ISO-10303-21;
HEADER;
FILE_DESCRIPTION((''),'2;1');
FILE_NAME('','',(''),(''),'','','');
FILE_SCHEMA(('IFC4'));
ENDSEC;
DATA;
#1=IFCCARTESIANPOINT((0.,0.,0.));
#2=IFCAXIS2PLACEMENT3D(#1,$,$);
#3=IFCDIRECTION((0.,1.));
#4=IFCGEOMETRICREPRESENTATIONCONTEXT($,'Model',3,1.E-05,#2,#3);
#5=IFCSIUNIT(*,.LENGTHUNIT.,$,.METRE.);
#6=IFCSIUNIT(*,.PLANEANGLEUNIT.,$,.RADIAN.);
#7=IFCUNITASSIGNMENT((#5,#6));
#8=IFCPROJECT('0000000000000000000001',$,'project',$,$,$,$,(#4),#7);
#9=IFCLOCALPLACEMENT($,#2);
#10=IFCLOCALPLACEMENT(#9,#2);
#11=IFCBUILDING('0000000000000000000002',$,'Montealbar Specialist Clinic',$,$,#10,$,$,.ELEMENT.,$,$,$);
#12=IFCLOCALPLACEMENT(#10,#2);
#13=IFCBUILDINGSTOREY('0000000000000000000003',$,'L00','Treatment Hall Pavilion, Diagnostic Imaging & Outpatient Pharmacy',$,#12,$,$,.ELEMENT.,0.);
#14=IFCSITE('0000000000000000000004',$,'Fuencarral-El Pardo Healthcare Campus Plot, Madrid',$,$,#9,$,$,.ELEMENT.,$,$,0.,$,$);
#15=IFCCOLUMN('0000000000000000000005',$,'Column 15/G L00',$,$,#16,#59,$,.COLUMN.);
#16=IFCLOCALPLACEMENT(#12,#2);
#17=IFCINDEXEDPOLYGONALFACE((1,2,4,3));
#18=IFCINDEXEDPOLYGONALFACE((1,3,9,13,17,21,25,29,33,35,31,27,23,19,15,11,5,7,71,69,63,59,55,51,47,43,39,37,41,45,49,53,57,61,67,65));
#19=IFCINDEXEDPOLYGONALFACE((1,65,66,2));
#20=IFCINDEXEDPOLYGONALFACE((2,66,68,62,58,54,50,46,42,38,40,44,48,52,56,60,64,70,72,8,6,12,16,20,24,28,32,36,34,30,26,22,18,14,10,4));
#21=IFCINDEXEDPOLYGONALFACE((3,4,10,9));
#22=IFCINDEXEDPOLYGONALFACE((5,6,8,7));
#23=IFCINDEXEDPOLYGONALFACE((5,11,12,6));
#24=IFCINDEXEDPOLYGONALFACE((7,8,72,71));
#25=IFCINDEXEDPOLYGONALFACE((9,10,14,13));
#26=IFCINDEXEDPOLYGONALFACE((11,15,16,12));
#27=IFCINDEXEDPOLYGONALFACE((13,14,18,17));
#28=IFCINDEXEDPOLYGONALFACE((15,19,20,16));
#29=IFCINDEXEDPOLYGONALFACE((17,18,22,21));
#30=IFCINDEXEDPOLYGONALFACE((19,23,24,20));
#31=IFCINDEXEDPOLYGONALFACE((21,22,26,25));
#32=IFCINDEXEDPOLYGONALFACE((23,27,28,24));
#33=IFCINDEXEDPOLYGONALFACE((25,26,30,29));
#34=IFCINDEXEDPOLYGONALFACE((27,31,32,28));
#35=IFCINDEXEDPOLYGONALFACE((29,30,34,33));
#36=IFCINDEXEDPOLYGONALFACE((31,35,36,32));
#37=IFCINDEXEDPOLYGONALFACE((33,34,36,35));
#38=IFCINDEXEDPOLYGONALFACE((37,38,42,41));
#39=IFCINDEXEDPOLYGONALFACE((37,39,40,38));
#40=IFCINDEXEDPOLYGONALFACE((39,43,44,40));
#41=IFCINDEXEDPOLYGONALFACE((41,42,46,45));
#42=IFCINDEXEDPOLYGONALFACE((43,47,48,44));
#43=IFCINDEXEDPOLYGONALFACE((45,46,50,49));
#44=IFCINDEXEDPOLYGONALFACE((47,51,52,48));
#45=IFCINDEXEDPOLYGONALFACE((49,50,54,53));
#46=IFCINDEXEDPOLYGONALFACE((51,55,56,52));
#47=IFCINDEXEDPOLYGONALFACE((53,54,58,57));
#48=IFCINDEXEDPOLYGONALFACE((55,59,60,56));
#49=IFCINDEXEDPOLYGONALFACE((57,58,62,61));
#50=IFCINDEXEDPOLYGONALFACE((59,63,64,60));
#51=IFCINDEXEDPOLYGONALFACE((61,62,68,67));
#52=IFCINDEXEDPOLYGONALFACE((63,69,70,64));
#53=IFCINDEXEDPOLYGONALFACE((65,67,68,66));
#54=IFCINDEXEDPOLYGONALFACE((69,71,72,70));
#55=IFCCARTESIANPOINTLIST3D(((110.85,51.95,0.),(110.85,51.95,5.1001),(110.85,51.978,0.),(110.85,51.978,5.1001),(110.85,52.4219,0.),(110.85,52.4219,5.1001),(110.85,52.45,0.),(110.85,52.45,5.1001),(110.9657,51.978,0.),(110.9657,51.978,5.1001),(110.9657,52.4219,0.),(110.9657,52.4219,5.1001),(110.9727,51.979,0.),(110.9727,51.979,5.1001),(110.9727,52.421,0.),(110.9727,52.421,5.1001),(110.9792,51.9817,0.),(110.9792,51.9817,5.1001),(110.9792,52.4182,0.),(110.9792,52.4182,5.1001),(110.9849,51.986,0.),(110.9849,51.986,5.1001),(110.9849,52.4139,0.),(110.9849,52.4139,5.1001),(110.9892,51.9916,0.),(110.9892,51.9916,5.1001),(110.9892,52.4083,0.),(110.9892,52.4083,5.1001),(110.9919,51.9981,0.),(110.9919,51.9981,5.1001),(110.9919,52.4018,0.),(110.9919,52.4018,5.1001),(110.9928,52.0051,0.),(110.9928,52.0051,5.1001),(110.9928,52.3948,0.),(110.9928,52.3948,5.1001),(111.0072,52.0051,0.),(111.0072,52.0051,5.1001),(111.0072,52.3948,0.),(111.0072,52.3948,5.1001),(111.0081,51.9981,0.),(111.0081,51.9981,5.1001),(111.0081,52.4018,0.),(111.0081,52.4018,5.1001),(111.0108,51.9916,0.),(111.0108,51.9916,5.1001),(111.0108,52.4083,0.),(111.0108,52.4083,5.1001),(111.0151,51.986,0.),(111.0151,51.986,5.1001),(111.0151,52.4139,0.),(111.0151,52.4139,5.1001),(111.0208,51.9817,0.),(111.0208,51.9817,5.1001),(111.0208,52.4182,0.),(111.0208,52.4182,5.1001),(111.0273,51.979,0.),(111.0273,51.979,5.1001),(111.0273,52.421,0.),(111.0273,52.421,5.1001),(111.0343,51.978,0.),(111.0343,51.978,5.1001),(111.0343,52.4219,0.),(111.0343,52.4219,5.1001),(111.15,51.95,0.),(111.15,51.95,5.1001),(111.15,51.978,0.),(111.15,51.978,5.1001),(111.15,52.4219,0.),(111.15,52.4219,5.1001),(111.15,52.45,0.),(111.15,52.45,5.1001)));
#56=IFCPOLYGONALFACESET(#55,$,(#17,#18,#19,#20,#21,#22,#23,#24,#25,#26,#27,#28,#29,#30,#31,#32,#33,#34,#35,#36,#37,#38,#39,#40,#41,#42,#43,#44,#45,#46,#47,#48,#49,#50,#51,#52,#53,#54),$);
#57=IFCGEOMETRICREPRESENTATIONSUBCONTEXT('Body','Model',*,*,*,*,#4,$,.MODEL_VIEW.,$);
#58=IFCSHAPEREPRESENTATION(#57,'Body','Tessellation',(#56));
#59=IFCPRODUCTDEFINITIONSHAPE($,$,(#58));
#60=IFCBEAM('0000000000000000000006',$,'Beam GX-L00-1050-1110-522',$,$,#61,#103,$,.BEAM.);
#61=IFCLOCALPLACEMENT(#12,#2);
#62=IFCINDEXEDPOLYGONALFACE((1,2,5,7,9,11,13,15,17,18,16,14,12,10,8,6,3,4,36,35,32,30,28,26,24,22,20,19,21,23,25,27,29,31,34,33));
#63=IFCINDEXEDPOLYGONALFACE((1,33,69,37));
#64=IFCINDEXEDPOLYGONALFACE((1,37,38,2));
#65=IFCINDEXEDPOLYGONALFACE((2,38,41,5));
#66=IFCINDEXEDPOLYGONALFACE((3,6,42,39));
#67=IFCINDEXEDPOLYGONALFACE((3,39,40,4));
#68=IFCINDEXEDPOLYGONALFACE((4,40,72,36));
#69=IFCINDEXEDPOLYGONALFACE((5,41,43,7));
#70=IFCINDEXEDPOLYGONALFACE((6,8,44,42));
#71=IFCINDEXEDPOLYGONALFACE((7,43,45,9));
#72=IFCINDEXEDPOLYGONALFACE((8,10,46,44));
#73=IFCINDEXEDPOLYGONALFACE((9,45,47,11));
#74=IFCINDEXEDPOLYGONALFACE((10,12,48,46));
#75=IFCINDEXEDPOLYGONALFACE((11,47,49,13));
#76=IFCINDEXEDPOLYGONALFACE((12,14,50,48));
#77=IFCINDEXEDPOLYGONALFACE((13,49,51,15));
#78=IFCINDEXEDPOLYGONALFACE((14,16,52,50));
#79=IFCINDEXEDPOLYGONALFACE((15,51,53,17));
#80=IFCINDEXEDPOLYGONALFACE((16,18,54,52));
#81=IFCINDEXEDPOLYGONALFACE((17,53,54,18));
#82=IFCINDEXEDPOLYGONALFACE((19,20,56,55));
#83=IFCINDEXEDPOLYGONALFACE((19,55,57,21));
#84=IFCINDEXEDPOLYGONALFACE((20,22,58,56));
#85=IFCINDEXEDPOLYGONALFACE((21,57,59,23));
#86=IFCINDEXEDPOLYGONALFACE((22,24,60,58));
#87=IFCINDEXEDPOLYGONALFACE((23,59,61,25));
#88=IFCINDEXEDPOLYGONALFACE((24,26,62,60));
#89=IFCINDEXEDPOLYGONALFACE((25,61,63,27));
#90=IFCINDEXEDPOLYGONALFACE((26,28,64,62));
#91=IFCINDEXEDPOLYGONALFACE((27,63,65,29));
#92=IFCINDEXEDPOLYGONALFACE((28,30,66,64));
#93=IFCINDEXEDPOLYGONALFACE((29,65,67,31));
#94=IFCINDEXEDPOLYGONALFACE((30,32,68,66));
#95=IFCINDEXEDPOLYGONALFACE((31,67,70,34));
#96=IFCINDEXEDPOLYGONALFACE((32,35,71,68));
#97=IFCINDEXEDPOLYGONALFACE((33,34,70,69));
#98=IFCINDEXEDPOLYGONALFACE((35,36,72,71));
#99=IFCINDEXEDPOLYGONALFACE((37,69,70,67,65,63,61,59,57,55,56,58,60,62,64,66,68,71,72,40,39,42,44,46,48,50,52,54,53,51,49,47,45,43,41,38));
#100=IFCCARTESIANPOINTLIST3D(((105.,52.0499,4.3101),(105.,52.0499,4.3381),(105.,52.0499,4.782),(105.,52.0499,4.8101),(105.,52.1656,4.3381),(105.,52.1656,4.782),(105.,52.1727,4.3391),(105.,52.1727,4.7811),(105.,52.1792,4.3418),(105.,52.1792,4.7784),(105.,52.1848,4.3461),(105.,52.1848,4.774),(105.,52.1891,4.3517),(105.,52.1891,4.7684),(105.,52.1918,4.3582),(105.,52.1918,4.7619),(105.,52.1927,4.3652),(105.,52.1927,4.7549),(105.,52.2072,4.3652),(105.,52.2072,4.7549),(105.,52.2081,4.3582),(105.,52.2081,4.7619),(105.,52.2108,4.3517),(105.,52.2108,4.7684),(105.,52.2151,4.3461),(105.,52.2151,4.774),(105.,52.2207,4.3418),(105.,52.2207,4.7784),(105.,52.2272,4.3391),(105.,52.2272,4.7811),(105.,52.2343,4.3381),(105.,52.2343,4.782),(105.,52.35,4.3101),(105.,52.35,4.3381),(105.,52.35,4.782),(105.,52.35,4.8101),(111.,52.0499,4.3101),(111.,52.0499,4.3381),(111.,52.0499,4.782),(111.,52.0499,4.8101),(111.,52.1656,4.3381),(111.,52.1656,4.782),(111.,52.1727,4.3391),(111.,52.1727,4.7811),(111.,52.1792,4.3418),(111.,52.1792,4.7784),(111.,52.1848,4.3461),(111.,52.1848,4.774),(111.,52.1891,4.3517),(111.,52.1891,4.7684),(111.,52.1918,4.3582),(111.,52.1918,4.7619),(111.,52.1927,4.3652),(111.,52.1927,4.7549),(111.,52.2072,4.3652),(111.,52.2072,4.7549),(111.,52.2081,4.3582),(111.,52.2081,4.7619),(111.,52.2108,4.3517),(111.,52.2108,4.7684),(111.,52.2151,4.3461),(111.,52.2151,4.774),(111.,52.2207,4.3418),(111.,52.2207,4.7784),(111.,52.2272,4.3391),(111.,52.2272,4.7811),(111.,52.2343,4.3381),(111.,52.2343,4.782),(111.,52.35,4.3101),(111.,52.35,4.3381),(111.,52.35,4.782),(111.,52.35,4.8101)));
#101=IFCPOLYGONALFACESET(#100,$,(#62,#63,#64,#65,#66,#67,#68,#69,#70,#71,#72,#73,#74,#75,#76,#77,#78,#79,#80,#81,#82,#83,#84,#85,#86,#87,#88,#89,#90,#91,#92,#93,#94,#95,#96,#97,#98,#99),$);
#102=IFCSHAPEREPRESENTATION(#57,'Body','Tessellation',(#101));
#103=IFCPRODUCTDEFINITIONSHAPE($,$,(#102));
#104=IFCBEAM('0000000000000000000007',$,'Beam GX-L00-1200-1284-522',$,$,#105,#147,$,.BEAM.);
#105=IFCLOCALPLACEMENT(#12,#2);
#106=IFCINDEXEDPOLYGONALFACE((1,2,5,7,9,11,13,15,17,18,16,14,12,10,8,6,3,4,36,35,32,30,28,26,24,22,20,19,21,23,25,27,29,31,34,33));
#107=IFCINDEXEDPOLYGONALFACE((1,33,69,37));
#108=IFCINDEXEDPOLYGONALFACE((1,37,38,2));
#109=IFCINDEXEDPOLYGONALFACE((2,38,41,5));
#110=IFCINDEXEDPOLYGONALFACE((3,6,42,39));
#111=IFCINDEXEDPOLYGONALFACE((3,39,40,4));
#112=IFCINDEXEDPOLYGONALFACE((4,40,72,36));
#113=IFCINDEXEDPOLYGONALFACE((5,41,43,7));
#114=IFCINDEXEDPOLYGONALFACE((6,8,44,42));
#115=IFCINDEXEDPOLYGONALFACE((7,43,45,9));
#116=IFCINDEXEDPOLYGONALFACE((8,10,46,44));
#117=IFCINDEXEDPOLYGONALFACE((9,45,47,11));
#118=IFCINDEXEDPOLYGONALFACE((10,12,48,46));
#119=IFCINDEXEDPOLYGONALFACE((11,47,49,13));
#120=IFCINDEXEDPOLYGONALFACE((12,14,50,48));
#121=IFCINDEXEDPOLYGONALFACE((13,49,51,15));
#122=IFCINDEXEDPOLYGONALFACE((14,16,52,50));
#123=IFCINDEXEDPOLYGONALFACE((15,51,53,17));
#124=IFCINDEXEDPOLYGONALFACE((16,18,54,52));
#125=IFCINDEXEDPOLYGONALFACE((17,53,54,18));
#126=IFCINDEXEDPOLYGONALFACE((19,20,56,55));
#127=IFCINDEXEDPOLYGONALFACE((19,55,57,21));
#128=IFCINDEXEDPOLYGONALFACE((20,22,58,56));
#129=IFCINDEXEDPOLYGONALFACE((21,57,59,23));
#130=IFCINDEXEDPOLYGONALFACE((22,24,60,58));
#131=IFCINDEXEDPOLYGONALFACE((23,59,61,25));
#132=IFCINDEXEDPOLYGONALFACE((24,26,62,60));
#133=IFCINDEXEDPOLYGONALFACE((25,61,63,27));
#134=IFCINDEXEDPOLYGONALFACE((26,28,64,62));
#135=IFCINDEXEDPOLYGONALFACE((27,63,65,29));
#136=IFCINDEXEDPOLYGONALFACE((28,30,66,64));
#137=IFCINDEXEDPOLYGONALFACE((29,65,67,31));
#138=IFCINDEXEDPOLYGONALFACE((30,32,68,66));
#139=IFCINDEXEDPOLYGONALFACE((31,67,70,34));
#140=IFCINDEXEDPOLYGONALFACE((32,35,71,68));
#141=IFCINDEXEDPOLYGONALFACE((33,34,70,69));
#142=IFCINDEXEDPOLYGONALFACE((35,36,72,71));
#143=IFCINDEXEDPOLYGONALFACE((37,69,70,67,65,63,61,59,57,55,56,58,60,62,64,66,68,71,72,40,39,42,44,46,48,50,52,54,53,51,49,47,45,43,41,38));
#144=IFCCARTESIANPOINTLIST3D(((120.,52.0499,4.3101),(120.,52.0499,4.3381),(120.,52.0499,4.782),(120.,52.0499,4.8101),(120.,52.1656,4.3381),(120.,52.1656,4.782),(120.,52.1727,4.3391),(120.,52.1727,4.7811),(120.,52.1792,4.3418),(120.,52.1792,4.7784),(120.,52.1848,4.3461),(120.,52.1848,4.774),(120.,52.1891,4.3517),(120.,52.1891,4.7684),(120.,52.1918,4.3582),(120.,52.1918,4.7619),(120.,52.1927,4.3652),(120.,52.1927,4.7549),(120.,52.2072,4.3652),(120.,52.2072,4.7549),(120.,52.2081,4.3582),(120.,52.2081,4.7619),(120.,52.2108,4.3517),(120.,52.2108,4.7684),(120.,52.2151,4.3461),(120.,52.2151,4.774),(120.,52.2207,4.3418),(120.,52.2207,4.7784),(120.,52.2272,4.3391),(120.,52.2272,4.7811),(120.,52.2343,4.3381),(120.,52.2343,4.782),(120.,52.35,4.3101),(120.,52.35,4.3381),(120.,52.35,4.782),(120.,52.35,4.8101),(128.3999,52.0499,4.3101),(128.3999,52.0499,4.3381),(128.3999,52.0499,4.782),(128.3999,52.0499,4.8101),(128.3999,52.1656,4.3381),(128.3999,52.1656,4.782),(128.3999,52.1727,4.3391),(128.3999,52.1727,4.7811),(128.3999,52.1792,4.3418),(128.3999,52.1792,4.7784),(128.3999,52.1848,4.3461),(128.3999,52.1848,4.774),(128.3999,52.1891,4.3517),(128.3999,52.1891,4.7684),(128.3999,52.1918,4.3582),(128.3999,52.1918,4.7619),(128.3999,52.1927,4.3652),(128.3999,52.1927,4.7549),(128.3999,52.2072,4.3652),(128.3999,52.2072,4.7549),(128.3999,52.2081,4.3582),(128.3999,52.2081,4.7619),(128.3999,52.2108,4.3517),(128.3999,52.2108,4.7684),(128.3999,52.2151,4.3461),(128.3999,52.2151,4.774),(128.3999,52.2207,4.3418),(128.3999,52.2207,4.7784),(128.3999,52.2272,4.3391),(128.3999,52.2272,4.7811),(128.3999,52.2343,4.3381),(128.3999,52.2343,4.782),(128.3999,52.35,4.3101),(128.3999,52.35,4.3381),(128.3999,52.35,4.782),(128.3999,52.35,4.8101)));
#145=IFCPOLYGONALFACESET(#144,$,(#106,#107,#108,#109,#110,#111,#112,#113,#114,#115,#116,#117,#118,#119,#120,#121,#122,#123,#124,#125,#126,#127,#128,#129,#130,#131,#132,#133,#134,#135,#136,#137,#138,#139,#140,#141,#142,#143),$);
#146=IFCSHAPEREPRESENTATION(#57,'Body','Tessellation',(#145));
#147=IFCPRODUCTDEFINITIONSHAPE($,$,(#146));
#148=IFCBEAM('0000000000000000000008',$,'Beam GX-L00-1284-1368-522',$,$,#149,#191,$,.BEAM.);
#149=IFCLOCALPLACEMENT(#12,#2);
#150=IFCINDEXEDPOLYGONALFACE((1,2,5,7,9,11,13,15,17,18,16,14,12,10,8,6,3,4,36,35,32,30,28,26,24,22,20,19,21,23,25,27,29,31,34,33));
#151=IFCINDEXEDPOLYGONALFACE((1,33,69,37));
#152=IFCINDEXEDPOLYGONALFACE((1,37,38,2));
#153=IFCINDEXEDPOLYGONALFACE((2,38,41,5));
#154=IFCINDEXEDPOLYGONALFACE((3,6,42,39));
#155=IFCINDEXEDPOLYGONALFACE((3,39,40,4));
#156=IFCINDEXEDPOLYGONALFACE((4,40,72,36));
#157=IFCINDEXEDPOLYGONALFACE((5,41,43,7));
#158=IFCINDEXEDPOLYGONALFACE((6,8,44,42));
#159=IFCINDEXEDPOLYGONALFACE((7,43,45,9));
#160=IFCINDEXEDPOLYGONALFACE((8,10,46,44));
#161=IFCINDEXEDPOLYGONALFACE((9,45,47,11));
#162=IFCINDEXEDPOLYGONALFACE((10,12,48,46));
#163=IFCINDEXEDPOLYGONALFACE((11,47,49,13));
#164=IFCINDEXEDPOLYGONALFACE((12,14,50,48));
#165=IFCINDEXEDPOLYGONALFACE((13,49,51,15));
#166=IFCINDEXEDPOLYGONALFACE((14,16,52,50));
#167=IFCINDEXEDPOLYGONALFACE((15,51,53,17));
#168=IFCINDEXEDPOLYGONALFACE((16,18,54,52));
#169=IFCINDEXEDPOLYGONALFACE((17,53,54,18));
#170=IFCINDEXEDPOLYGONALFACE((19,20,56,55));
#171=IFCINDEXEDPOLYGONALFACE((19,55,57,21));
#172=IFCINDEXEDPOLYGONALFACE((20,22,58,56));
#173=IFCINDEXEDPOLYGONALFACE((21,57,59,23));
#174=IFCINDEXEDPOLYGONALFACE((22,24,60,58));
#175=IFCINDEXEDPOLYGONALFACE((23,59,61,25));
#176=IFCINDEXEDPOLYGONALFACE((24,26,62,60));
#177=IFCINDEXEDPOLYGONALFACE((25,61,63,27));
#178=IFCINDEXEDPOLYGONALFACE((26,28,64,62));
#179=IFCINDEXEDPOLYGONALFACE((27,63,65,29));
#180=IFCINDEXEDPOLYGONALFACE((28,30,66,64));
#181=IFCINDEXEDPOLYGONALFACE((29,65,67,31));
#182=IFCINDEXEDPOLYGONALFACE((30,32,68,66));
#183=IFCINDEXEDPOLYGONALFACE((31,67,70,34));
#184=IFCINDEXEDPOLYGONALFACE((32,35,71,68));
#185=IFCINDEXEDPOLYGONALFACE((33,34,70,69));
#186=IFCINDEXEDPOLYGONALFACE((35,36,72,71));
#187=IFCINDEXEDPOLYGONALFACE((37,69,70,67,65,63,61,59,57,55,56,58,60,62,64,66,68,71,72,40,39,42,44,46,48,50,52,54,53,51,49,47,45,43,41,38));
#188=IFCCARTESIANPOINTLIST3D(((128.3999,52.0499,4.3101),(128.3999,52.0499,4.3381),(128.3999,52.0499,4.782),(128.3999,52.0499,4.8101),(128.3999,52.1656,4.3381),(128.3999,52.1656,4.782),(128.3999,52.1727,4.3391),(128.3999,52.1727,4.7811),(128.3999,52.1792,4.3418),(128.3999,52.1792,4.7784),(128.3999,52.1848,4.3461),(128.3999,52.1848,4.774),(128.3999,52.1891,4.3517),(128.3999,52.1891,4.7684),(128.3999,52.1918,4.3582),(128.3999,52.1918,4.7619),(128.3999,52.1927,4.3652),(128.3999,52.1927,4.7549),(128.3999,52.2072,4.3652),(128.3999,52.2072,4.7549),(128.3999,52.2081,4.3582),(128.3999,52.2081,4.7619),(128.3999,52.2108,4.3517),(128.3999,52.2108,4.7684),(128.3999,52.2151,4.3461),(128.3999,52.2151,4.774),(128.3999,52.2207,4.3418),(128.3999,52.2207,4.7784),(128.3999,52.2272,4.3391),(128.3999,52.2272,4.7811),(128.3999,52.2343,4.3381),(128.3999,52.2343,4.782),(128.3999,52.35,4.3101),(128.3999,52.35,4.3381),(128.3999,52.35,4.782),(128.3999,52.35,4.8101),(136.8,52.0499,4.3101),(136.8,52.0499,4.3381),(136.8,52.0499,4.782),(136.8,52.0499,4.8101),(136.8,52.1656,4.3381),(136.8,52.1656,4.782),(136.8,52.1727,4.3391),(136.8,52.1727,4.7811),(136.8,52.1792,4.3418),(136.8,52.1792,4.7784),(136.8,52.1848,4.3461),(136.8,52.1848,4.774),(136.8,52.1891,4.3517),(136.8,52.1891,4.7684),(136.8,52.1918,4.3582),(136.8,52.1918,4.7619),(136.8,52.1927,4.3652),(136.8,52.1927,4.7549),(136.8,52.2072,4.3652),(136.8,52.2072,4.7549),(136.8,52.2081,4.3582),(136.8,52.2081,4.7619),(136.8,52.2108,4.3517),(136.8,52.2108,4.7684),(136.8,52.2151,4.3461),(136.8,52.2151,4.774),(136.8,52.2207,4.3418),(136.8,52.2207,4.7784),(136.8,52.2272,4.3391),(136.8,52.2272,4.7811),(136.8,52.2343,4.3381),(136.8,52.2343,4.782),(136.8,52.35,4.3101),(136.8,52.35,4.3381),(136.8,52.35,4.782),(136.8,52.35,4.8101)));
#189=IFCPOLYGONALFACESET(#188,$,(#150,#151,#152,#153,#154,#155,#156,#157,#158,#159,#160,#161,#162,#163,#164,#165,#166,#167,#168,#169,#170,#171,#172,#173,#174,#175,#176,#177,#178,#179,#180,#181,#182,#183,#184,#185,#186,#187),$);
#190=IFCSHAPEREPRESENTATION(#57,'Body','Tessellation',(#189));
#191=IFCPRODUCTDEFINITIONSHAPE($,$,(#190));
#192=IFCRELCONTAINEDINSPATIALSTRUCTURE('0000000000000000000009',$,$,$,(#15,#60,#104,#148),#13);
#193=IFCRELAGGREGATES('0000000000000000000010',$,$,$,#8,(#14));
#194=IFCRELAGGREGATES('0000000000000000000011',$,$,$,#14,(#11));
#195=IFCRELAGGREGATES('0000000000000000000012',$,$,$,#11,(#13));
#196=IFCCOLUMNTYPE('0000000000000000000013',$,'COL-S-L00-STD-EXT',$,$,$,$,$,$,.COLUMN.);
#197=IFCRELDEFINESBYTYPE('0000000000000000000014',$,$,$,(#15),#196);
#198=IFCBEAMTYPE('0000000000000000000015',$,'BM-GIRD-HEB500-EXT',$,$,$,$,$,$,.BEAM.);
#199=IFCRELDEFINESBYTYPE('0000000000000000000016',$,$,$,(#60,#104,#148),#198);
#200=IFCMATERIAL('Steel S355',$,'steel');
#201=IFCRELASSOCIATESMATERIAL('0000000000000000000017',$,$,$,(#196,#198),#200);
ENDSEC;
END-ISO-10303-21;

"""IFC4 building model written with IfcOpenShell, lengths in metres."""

from ifc_helpers import new_model, si_unit, direction, frame, origin, origin_2d, place, context, subcontext, project, spatial, i_section, extrude, material, material_profile, profile_set, type_object, element, save


model = new_model("IFC4")

# Units and contexts
model_context = context("Model", 3, precision=1e-05, world=origin(), true_north=direction((0.0, 1.0)))
body_context = subcontext(model_context, "Body", "Model", "MODEL_VIEW")
ifc_project = project(units=[si_unit("LENGTHUNIT", "METRE"), si_unit("PLANEANGLEUNIT", "RADIAN")], contexts=[model_context])

# Site, building, storey
site_placement = place(None, origin())
site = spatial("IfcSite", under=ifc_project, at=site_placement, Name="Fuencarral-El Pardo Healthcare Campus Plot, Madrid", CompositionType="ELEMENT", RefElevation=0.0)
building_placement = place(site_placement, origin())
building = spatial("IfcBuilding", under=site, at=building_placement, Name="Montealbar Specialist Clinic", CompositionType="ELEMENT")
storey_placement = place(building_placement, origin())
storey = spatial("IfcBuildingStorey", under=building, at=storey_placement, Name="L00", Description="Treatment Hall Pavilion, Diagnostic Imaging & Outpatient Pharmacy", CompositionType="ELEMENT", Elevation=0.0)

# Column
ifc_material_1 = material(Name="Steel S355", Category="steel")
ifc_material_profile_1 = material_profile(ifc_material_1, i_section(OverallWidth=0.3, OverallDepth=0.5, WebThickness=0.0144, FlangeThickness=0.0281, FilletRadius=0.0271, at=origin_2d()), Name="HEB 500", Category="steel")
ifc_profile_set_1 = profile_set([ifc_material_profile_1], Name="Steel S355")
column_type_1 = type_object("IfcColumnType", Name="COL-S-L00-STD-EXT", PredefinedType="COLUMN", material=ifc_profile_set_1)
for number, where, z_axis, x_axis, name in (
    (1, (111.0, 52.2, 0.0), (0.0, 0.0, 1.0), (1.0, 0.0, 0.0), "Column 15/G L00"),
):
    element("IfcColumn", number, at=place(storey_placement, frame(where, z_axis=z_axis, x_axis=x_axis)), inside=storey, type_object=column_type_1, Name=name, PredefinedType="COLUMN", context=body_context, shape_type="SweptSolid", body=[
        extrude(i_section(OverallWidth=0.3, OverallDepth=0.5, WebThickness=0.0144, FlangeThickness=0.0281, FilletRadius=0.0271, at=origin_2d()), origin(), (0.0, 0.0, 1.0), 5.1001),
    ])

# Beams
ifc_material_profile_2 = material_profile(ifc_material_1, i_section(OverallWidth=0.3, OverallDepth=0.5, WebThickness=0.0144, FlangeThickness=0.0281, FilletRadius=0.0271, at=origin_2d()), Name="HEB 500", Category="steel")
ifc_profile_set_2 = profile_set([ifc_material_profile_2], Name="Steel S355")
beam_type_1 = type_object("IfcBeamType", Name="BM-GIRD-HEB500-EXT", PredefinedType="BEAM", material=ifc_profile_set_2)
beam_1_placement = place(storey_placement, frame((105.0, 52.2, 4.5601), z_axis=(1.0, 0.0, 0.0), x_axis=(0.0, 1.0, 0.0)))
element("IfcBeam", 2, at=beam_1_placement, inside=storey, type_object=beam_type_1, Name="Beam GX-L00-1050-1110-522", PredefinedType="BEAM", context=body_context, shape_type="SweptSolid", body=[
    extrude(i_section(OverallWidth=0.3, OverallDepth=0.5, WebThickness=0.0144, FlangeThickness=0.0281, FilletRadius=0.0271, at=origin_2d()), origin(), (0.0, 0.0, 1.0), 6.0),
])
beam_2_placement = place(storey_placement, frame((120.0, 52.2, 4.5601), z_axis=(1.0, 0.0, 0.0), x_axis=(0.0, 1.0, 0.0)))
element("IfcBeam", 3, at=beam_2_placement, inside=storey, type_object=beam_type_1, Name="Beam GX-L00-1200-1284-522", PredefinedType="BEAM", context=body_context, shape_type="SweptSolid", body=[
    extrude(i_section(OverallWidth=0.3, OverallDepth=0.5, WebThickness=0.0144, FlangeThickness=0.0281, FilletRadius=0.0271, at=origin_2d()), origin(), (0.0, 0.0, 1.0), 8.3999),
])
beam_3_placement = place(storey_placement, frame((128.3999, 52.2, 4.5601), z_axis=(1.0, 0.0, 0.0), x_axis=(0.0, 1.0, 0.0)))
element("IfcBeam", 4, at=beam_3_placement, inside=storey, type_object=beam_type_1, Name="Beam GX-L00-1284-1368-522", PredefinedType="BEAM", context=body_context, shape_type="SweptSolid", body=[
    extrude(i_section(OverallWidth=0.3, OverallDepth=0.5, WebThickness=0.0144, FlangeThickness=0.0281, FilletRadius=0.0271, at=origin_2d()), origin(), (0.0, 0.0, 1.0), 8.4001),
])

save(model, "model.ifc")
